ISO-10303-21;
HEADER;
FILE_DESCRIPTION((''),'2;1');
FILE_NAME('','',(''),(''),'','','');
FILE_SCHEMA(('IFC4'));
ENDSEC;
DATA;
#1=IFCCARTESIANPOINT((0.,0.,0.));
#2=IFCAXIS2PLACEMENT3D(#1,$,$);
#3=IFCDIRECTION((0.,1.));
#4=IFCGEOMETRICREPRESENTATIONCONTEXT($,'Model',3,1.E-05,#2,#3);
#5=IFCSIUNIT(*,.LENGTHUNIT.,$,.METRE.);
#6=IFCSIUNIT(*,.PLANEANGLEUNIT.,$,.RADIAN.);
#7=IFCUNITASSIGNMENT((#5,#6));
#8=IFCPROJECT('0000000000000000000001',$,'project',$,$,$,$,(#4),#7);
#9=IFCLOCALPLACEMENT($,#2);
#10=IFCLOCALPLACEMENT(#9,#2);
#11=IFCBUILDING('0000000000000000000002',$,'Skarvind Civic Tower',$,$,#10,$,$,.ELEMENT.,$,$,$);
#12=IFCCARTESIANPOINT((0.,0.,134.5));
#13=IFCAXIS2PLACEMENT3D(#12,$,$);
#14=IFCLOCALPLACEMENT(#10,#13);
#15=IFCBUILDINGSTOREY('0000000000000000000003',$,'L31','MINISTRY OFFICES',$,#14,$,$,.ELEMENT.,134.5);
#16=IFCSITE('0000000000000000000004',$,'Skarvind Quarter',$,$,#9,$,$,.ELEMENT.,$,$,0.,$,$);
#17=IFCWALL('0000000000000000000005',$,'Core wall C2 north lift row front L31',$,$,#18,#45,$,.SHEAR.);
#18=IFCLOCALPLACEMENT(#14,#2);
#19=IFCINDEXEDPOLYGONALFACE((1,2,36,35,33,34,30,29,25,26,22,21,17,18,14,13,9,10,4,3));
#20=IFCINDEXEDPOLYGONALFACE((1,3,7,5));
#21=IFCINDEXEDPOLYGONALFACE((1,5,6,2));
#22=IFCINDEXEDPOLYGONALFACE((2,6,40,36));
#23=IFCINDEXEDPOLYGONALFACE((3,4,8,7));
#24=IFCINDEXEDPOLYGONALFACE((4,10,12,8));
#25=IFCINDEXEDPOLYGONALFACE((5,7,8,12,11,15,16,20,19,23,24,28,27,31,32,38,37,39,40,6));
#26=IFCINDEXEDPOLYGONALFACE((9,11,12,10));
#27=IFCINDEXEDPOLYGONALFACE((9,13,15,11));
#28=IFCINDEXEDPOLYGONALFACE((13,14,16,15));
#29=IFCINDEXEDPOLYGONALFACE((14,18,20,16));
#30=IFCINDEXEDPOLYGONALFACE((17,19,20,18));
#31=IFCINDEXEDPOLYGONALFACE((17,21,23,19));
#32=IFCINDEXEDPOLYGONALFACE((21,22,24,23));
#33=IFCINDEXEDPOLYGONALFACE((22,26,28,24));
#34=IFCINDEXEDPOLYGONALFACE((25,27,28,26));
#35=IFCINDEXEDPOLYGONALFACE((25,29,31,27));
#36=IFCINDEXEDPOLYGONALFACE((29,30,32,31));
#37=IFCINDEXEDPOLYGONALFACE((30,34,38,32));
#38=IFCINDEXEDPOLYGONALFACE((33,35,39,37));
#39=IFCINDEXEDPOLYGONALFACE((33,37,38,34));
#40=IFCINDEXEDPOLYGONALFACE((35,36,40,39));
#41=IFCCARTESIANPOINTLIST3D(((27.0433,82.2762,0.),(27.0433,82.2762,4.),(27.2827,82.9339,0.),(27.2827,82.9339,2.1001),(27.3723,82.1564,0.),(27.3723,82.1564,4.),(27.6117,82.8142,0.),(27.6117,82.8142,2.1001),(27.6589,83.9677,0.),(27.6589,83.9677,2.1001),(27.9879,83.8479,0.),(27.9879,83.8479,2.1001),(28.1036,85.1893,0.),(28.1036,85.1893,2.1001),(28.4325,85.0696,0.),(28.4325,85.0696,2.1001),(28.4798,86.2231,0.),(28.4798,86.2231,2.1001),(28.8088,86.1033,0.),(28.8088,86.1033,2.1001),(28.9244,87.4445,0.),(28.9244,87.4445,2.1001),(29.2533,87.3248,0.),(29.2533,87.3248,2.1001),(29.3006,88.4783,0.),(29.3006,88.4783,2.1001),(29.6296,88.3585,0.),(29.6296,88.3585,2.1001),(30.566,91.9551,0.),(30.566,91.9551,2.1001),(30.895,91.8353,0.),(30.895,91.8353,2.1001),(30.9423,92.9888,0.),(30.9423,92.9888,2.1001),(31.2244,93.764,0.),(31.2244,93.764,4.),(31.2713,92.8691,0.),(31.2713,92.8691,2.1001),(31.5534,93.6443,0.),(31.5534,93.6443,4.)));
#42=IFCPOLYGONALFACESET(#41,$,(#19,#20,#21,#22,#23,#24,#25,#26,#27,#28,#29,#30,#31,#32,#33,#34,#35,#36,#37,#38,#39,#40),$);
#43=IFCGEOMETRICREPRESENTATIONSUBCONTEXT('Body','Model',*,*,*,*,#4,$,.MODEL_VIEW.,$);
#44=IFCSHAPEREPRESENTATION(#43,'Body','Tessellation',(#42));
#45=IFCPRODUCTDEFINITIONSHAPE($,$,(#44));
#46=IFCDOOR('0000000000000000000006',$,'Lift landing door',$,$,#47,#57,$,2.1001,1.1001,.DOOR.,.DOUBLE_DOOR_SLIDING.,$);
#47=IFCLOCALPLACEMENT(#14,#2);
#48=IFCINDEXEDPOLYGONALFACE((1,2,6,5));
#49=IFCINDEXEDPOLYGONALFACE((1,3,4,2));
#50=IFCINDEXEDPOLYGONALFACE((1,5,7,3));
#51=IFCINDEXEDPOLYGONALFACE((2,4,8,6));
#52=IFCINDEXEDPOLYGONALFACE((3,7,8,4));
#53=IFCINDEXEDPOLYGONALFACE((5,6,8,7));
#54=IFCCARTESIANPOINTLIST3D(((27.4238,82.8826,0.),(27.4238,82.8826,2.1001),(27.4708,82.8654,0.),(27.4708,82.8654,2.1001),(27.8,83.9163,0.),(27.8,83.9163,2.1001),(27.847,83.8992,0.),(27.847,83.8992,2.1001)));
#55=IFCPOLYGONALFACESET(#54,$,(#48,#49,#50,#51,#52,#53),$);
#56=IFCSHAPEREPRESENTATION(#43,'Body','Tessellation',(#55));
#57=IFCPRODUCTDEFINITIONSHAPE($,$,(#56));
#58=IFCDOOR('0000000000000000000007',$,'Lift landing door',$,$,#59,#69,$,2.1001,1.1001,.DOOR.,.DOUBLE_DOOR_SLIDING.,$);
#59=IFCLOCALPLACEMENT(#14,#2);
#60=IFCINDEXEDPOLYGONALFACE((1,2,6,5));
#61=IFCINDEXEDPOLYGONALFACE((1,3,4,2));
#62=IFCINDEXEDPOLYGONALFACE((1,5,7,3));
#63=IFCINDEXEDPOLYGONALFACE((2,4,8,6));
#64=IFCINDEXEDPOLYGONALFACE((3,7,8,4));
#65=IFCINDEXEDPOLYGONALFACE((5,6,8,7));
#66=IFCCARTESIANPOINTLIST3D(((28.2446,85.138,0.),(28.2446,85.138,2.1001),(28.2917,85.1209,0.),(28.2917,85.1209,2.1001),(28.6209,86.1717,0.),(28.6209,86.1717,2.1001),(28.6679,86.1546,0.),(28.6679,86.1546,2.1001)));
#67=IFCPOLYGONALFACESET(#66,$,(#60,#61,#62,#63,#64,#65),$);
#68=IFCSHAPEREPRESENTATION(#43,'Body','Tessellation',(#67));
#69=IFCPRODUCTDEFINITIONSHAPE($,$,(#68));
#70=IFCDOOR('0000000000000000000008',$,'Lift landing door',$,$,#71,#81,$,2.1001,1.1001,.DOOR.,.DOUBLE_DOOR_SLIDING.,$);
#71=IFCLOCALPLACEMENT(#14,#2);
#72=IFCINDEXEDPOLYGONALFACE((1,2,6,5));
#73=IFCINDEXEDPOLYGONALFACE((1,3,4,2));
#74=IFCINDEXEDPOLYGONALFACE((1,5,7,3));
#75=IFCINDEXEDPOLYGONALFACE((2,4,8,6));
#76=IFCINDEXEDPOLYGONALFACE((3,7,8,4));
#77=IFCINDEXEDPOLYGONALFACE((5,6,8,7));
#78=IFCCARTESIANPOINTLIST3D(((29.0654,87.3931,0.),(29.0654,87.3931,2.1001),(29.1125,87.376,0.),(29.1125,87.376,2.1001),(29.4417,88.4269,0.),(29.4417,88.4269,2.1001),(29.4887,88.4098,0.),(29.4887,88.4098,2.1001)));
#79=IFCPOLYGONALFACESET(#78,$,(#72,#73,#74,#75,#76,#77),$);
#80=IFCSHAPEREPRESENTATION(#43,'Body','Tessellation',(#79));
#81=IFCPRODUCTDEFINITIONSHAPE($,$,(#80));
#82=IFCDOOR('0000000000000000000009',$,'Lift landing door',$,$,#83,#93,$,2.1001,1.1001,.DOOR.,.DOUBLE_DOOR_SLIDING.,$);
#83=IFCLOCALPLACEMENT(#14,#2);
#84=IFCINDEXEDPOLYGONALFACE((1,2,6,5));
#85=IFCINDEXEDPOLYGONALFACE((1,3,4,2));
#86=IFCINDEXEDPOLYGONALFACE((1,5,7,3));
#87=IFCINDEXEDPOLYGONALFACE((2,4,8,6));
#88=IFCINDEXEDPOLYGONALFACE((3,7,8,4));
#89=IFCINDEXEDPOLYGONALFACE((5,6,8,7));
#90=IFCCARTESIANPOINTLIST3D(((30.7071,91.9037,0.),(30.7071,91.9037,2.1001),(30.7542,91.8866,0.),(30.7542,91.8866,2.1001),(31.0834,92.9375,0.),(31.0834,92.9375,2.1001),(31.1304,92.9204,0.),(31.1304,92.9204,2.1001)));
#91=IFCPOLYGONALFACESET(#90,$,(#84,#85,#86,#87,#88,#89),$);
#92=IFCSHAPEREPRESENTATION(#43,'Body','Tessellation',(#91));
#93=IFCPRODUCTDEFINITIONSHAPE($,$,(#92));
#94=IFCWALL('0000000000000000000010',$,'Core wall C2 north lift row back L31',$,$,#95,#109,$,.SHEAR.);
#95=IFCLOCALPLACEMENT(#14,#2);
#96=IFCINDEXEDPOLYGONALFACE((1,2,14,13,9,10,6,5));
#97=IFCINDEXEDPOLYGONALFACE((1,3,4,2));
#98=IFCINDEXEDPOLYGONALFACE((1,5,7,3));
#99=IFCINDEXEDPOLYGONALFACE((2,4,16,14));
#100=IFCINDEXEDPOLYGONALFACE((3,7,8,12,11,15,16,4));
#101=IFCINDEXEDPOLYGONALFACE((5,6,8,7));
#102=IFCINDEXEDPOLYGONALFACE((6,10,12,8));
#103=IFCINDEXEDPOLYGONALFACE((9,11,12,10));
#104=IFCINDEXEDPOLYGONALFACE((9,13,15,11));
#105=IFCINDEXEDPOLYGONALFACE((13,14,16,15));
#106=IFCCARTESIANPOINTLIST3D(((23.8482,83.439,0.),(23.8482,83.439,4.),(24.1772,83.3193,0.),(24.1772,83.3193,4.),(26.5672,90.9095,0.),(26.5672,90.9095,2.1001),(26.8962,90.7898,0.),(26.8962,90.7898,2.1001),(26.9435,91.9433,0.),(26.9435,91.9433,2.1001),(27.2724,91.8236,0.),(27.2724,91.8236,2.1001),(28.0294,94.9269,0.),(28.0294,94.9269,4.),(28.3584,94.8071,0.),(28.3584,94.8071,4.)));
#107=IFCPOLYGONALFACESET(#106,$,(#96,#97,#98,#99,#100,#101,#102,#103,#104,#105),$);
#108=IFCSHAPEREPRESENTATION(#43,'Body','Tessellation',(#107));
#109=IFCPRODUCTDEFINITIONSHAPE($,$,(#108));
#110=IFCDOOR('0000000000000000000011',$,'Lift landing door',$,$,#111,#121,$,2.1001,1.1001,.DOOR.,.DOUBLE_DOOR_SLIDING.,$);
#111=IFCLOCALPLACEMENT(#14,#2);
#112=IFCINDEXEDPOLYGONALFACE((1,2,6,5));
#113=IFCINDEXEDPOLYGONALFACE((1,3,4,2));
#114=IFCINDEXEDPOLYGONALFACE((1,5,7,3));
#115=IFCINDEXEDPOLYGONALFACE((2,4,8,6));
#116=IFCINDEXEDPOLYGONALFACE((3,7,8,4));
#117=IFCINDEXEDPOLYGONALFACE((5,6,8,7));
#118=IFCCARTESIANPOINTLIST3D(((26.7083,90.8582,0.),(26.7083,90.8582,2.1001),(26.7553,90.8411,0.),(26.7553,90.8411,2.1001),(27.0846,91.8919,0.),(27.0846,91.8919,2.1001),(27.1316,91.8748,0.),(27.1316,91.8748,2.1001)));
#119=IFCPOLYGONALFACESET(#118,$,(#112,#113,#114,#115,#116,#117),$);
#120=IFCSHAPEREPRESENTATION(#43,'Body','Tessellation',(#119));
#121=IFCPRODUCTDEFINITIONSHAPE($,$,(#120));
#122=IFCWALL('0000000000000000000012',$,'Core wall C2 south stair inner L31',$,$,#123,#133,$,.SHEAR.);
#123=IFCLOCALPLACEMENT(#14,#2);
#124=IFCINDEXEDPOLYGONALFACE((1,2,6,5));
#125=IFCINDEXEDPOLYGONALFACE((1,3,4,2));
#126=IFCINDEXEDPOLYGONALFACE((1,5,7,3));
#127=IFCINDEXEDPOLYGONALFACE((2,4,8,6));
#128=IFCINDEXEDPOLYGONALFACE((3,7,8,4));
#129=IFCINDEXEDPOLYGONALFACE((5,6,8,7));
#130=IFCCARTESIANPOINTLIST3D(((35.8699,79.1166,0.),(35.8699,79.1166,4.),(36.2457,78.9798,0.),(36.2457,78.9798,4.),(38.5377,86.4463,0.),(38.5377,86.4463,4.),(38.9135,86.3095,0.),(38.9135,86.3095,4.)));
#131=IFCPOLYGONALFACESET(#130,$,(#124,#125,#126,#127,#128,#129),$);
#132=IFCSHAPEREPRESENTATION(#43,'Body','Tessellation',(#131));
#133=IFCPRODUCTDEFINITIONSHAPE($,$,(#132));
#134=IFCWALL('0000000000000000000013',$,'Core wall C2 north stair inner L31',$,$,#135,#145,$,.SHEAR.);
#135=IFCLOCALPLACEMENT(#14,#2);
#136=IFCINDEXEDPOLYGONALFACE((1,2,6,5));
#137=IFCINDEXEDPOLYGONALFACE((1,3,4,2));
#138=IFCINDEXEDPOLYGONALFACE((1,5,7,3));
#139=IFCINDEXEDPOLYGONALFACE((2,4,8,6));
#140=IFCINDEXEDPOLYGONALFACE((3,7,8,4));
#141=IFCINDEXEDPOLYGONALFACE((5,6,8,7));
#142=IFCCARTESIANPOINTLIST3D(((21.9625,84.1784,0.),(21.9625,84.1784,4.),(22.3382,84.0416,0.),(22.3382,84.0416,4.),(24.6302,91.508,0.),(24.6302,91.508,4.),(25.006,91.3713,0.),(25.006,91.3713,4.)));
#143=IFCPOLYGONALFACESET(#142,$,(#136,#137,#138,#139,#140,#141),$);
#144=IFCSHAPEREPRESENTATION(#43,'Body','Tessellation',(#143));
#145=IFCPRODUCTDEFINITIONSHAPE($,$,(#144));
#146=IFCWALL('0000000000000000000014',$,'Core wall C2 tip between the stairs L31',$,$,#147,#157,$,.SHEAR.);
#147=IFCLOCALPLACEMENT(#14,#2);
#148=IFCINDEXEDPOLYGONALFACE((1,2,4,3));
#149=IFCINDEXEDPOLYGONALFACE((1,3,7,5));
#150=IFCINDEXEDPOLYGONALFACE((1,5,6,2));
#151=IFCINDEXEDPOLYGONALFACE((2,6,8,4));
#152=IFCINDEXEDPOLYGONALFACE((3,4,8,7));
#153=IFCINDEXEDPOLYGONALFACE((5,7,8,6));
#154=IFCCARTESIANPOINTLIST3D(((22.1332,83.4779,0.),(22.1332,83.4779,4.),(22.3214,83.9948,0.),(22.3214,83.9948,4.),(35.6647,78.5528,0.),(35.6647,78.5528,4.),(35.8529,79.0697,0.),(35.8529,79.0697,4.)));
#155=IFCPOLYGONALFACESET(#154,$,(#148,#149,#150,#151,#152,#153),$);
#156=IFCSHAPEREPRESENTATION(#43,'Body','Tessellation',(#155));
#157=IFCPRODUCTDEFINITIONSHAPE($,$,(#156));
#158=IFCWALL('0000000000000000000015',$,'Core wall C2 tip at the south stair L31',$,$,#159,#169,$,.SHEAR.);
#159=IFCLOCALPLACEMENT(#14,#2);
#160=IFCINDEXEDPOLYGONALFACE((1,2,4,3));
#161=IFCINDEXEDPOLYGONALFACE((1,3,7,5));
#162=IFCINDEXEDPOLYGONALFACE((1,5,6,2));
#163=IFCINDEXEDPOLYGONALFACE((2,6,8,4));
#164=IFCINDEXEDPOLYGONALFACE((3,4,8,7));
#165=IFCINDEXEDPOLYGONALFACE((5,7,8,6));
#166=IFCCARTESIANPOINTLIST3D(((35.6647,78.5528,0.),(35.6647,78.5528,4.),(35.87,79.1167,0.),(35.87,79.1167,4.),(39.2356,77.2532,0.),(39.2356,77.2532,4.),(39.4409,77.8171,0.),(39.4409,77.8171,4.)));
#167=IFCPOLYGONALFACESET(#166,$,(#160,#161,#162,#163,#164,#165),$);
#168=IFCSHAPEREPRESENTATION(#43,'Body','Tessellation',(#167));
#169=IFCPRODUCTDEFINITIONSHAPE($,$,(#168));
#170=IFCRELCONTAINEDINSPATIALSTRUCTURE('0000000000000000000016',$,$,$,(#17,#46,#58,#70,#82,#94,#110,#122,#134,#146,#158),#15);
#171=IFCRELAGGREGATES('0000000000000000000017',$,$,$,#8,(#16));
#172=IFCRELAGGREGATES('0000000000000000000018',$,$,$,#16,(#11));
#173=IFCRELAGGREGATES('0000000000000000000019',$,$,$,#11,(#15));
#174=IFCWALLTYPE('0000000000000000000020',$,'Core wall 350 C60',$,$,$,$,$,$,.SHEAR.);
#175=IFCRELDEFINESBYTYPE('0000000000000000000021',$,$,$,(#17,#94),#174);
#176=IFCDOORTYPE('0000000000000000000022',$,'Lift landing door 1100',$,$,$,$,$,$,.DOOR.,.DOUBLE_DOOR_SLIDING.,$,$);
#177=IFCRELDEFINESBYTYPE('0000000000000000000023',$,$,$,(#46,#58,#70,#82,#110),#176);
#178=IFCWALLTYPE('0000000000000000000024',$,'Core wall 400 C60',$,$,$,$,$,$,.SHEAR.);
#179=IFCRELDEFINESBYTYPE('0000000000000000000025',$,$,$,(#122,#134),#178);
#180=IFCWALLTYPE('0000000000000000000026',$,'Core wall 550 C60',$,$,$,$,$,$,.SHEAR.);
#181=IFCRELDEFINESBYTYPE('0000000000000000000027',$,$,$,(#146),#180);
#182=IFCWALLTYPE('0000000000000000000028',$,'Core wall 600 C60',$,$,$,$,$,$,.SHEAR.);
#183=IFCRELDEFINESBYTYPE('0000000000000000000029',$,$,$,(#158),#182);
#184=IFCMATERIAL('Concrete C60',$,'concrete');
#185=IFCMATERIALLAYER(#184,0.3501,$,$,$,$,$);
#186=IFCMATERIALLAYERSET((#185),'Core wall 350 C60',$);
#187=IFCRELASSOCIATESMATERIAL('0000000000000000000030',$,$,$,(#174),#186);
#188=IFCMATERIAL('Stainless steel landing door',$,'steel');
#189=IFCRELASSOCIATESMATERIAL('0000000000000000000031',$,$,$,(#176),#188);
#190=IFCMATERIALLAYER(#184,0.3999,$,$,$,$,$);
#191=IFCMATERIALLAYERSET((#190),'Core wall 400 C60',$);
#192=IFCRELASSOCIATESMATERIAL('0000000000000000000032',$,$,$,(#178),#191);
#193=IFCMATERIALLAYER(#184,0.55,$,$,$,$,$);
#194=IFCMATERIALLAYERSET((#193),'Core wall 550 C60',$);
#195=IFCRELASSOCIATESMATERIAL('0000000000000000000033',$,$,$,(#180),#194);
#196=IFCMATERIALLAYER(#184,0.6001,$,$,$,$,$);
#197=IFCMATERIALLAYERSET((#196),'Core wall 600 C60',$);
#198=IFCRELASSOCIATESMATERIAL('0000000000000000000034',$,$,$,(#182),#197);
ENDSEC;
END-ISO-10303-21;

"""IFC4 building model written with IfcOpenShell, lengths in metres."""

from ifc_helpers import new_model, si_unit, direction, frame, frame_2d, origin, place, context, subcontext, project, spatial, rectangle, extrude, material, layer, layer_set, type_object, element, fill, save


model = new_model("IFC4")

# Units and contexts
model_context = context("Model", 3, precision=1e-05, world=origin(), true_north=direction((0.0, 1.0)))
body_context = subcontext(model_context, "Body", "Model", "MODEL_VIEW")
ifc_project = project(units=[si_unit("LENGTHUNIT", "METRE"), si_unit("PLANEANGLEUNIT", "RADIAN")], contexts=[model_context])

# Site, building, storey
site_placement = place(None, origin())
site = spatial("IfcSite", under=ifc_project, at=site_placement, Name="Skarvind Quarter", CompositionType="ELEMENT", RefElevation=0.0)
building_placement = place(site_placement, origin())
building = spatial("IfcBuilding", under=site, at=building_placement, Name="Skarvind Civic Tower", CompositionType="ELEMENT")
storey_placement = place(building_placement, frame((0.0, 0.0, 134.5)))
storey = spatial("IfcBuildingStorey", under=building, at=storey_placement, Name="L31", Description="MINISTRY OFFICES", CompositionType="ELEMENT", Elevation=134.5)

# Shared definitions
ifc_material_1 = material(Name="Concrete C60", Category="concrete")
ifc_layer_1 = layer(ifc_material_1, 0.3501)
ifc_layer_set_1 = layer_set([ifc_layer_1], Name="Core wall 350 C60")
wall_type_1 = type_object("IfcWallType", Name="Core wall 350 C60", PredefinedType="SHEAR", material=ifc_layer_set_1)

# Wall, openings, doors
wall_1_placement = place(storey_placement, frame((27.2078, 82.2163, 0.0), z_axis=(0.0, 0.0, 1.0), x_axis=(0.342016, 0.939694, 0.0)))
wall_1 = element("IfcWall", 1, at=wall_1_placement, inside=storey, type_object=wall_type_1, Name="Core wall C2 north lift row front L31", PredefinedType="SHEAR", context=body_context, shape_type="SweptSolid", body=[
    extrude(rectangle(XDim=12.2251, YDim=0.3501, at=frame_2d((6.1125, 0.0))), origin(), (0.0, 0.0, 1.0), 4.0),
])
opening_1_placement = place(wall_1_placement, frame((0.7, 0.0, 0.0)))
opening_1 = element("IfcOpeningElement", 2, at=opening_1_placement, cuts=wall_1, PredefinedType="OPENING", context=body_context, shape_type="SweptSolid", body=[
    extrude(rectangle(XDim=1.1001, YDim=2.1001, at=frame_2d((0.55, 1.05))), frame((0.0, 0.1851, 0.0), z_axis=(0.0, -1.0, 0.0), x_axis=(1.0, 0.0, 0.0)), (0.0, 0.0, 1.0), 0.3701),
])
opening_2_placement = place(wall_1_placement, frame((3.1001, 0.0, 0.0)))
opening_2 = element("IfcOpeningElement", 3, at=opening_2_placement, cuts=wall_1, PredefinedType="OPENING", context=body_context, shape_type="SweptSolid", body=[
    extrude(rectangle(XDim=1.1001, YDim=2.1001, at=frame_2d((0.55, 1.05))), frame((0.0, 0.1851, 0.0), z_axis=(0.0, -1.0, 0.0), x_axis=(1.0, 0.0, 0.0)), (0.0, 0.0, 1.0), 0.3701),
])
opening_3_placement = place(wall_1_placement, frame((5.5, 0.0, 0.0)))
opening_3 = element("IfcOpeningElement", 4, at=opening_3_placement, cuts=wall_1, PredefinedType="OPENING", context=body_context, shape_type="SweptSolid", body=[
    extrude(rectangle(XDim=1.1001, YDim=2.1001, at=frame_2d((0.55, 1.05))), frame((0.0, 0.1851, 0.0), z_axis=(0.0, -1.0, 0.0), x_axis=(1.0, 0.0, 0.0)), (0.0, 0.0, 1.0), 0.3701),
])
opening_4_placement = place(wall_1_placement, frame((10.3, 0.0, 0.0)))
opening_4 = element("IfcOpeningElement", 5, at=opening_4_placement, cuts=wall_1, PredefinedType="OPENING", context=body_context, shape_type="SweptSolid", body=[
    extrude(rectangle(XDim=1.1001, YDim=2.1001, at=frame_2d((0.55, 1.05))), frame((0.0, 0.1851, 0.0), z_axis=(0.0, -1.0, 0.0), x_axis=(1.0, 0.0, 0.0)), (0.0, 0.0, 1.0), 0.3701),
])
ifc_material_2 = material(Name="Stainless steel landing door", Category="steel")
door_type_1 = type_object("IfcDoorType", Name="Lift landing door 1100", OperationType="DOUBLE_DOOR_SLIDING", PredefinedType="DOOR", material=ifc_material_2)
door_1_placement = place(opening_1_placement, origin())
door_1 = element("IfcDoor", 6, at=door_1_placement, inside=storey, type_object=door_type_1, Name="Lift landing door", OperationType="DOUBLE_DOOR_SLIDING", OverallHeight=2.1001, OverallWidth=1.1001, PredefinedType="DOOR", context=body_context, shape_type="SweptSolid", body=[
    extrude(rectangle(XDim=1.1001, YDim=2.1001, at=frame_2d((0.55, 1.05))), frame((0.0, 0.0249, 0.0), z_axis=(0.0, -1.0, 0.0), x_axis=(1.0, 0.0, 0.0)), (0.0, 0.0, 1.0), 0.05),
])
fill(opening_1, door_1)
door_2_placement = place(opening_2_placement, origin())
door_2 = element("IfcDoor", 7, at=door_2_placement, inside=storey, type_object=door_type_1, Name="Lift landing door", OperationType="DOUBLE_DOOR_SLIDING", OverallHeight=2.1001, OverallWidth=1.1001, PredefinedType="DOOR", context=body_context, shape_type="SweptSolid", body=[
    extrude(rectangle(XDim=1.1001, YDim=2.1001, at=frame_2d((0.55, 1.05))), frame((0.0, 0.0249, 0.0), z_axis=(0.0, -1.0, 0.0), x_axis=(1.0, 0.0, 0.0)), (0.0, 0.0, 1.0), 0.05),
])
fill(opening_2, door_2)
door_3_placement = place(opening_3_placement, origin())
door_3 = element("IfcDoor", 8, at=door_3_placement, inside=storey, type_object=door_type_1, Name="Lift landing door", OperationType="DOUBLE_DOOR_SLIDING", OverallHeight=2.1001, OverallWidth=1.1001, PredefinedType="DOOR", context=body_context, shape_type="SweptSolid", body=[
    extrude(rectangle(XDim=1.1001, YDim=2.1001, at=frame_2d((0.55, 1.05))), frame((0.0, 0.0249, 0.0), z_axis=(0.0, -1.0, 0.0), x_axis=(1.0, 0.0, 0.0)), (0.0, 0.0, 1.0), 0.05),
])
fill(opening_3, door_3)
door_4_placement = place(opening_4_placement, origin())
door_4 = element("IfcDoor", 9, at=door_4_placement, inside=storey, type_object=door_type_1, Name="Lift landing door", OperationType="DOUBLE_DOOR_SLIDING", OverallHeight=2.1001, OverallWidth=1.1001, PredefinedType="DOOR", context=body_context, shape_type="SweptSolid", body=[
    extrude(rectangle(XDim=1.1001, YDim=2.1001, at=frame_2d((0.55, 1.05))), frame((0.0, 0.0249, 0.0), z_axis=(0.0, -1.0, 0.0), x_axis=(1.0, 0.0, 0.0)), (0.0, 0.0, 1.0), 0.05),
])
fill(opening_4, door_4)

# Wall, opening, door
wall_2_placement = place(storey_placement, frame((24.0127, 83.3792, 0.0), z_axis=(0.0, 0.0, 1.0), x_axis=(0.342016, 0.939694, 0.0)))
wall_2 = element("IfcWall", 10, at=wall_2_placement, inside=storey, type_object=wall_type_1, Name="Core wall C2 north lift row back L31", PredefinedType="SHEAR", context=body_context, shape_type="SweptSolid", body=[
    extrude(rectangle(XDim=12.2251, YDim=0.3501, at=frame_2d((6.1125, 0.0))), origin(), (0.0, 0.0, 1.0), 4.0),
])
opening_5_placement = place(wall_2_placement, frame((7.95, 0.0, 0.0)))
opening_5 = element("IfcOpeningElement", 11, at=opening_5_placement, cuts=wall_2, PredefinedType="OPENING", context=body_context, shape_type="SweptSolid", body=[
    extrude(rectangle(XDim=1.1001, YDim=2.1001, at=frame_2d((0.55, 1.05))), frame((0.0, 0.1851, 0.0), z_axis=(0.0, -1.0, 0.0), x_axis=(1.0, 0.0, 0.0)), (0.0, 0.0, 1.0), 0.3701),
])
door_5_placement = place(opening_5_placement, origin())
door_5 = element("IfcDoor", 12, at=door_5_placement, inside=storey, type_object=door_type_1, Name="Lift landing door", OperationType="DOUBLE_DOOR_SLIDING", OverallHeight=2.1001, OverallWidth=1.1001, PredefinedType="DOOR", context=body_context, shape_type="SweptSolid", body=[
    extrude(rectangle(XDim=1.1001, YDim=2.1001, at=frame_2d((0.55, 1.05))), frame((0.0, 0.0249, 0.0), z_axis=(0.0, -1.0, 0.0), x_axis=(1.0, 0.0, 0.0)), (0.0, 0.0, 1.0), 0.05),
])
fill(opening_5, door_5)

# Walls
ifc_layer_2 = layer(ifc_material_1, 0.3999)
ifc_layer_set_2 = layer_set([ifc_layer_2], Name="Core wall 400 C60")
wall_type_2 = type_object("IfcWallType", Name="Core wall 400 C60", PredefinedType="SHEAR", material=ifc_layer_set_2)
for number, where, z_axis, x_axis, name in (
    (13, (36.0579, 79.0483, 0.0), (0.0, 0.0, 1.0), (0.342017, 0.939694, 0.0), "Core wall C2 south stair inner L31"),
    (14, (22.1504, 84.1101, 0.0), (0.0, 0.0, 1.0), (0.342017, 0.939694, 0.0), "Core wall C2 north stair inner L31"),
):
    element("IfcWall", number, at=place(storey_placement, frame(where, z_axis=z_axis, x_axis=x_axis)), inside=storey, type_object=wall_type_2, Name=name, PredefinedType="SHEAR", context=body_context, shape_type="SweptSolid", body=[
        extrude(rectangle(XDim=7.8, YDim=0.3999, at=frame_2d((3.8999, 0.0))), origin(), (0.0, 0.0, 1.0), 4.0),
    ])
ifc_layer_3 = layer(ifc_material_1, 0.55)
ifc_layer_set_3 = layer_set([ifc_layer_3], Name="Core wall 550 C60")
wall_type_3 = type_object("IfcWallType", Name="Core wall 550 C60", PredefinedType="SHEAR", material=ifc_layer_set_3)
wall_3_placement = place(storey_placement, frame((35.7588, 78.8113, 0.0), z_axis=(0.0, 0.0, 1.0), x_axis=(-0.939693, 0.342019, 0.0)))
element("IfcWall", 15, at=wall_3_placement, inside=storey, type_object=wall_type_3, Name="Core wall C2 tip between the stairs L31", PredefinedType="SHEAR", context=body_context, shape_type="SweptSolid", body=[
    extrude(rectangle(XDim=14.3999, YDim=0.55, at=frame_2d((7.2, 0.0))), origin(), (0.0, 0.0, 1.0), 4.0),
])
ifc_layer_4 = layer(ifc_material_1, 0.6001)
ifc_layer_set_4 = layer_set([ifc_layer_4], Name="Core wall 600 C60")
wall_type_4 = type_object("IfcWallType", Name="Core wall 600 C60", PredefinedType="SHEAR", material=ifc_layer_set_4)
for number, where, z_axis, x_axis, name in (
    (16, (39.3381, 77.5352, 0.0), (0.0, 0.0, 1.0), (-0.939701, 0.341996, 0.0), "Core wall C2 tip at the south stair L31"),
):
    element("IfcWall", number, at=place(storey_placement, frame(where, z_axis=z_axis, x_axis=x_axis)), inside=storey, type_object=wall_type_4, Name=name, PredefinedType="SHEAR", context=body_context, shape_type="SweptSolid", body=[
        extrude(rectangle(XDim=3.8, YDim=0.6001, at=frame_2d((1.8999, 0.0))), origin(), (0.0, 0.0, 1.0), 4.0),
    ])

save(model, "model.ifc")
